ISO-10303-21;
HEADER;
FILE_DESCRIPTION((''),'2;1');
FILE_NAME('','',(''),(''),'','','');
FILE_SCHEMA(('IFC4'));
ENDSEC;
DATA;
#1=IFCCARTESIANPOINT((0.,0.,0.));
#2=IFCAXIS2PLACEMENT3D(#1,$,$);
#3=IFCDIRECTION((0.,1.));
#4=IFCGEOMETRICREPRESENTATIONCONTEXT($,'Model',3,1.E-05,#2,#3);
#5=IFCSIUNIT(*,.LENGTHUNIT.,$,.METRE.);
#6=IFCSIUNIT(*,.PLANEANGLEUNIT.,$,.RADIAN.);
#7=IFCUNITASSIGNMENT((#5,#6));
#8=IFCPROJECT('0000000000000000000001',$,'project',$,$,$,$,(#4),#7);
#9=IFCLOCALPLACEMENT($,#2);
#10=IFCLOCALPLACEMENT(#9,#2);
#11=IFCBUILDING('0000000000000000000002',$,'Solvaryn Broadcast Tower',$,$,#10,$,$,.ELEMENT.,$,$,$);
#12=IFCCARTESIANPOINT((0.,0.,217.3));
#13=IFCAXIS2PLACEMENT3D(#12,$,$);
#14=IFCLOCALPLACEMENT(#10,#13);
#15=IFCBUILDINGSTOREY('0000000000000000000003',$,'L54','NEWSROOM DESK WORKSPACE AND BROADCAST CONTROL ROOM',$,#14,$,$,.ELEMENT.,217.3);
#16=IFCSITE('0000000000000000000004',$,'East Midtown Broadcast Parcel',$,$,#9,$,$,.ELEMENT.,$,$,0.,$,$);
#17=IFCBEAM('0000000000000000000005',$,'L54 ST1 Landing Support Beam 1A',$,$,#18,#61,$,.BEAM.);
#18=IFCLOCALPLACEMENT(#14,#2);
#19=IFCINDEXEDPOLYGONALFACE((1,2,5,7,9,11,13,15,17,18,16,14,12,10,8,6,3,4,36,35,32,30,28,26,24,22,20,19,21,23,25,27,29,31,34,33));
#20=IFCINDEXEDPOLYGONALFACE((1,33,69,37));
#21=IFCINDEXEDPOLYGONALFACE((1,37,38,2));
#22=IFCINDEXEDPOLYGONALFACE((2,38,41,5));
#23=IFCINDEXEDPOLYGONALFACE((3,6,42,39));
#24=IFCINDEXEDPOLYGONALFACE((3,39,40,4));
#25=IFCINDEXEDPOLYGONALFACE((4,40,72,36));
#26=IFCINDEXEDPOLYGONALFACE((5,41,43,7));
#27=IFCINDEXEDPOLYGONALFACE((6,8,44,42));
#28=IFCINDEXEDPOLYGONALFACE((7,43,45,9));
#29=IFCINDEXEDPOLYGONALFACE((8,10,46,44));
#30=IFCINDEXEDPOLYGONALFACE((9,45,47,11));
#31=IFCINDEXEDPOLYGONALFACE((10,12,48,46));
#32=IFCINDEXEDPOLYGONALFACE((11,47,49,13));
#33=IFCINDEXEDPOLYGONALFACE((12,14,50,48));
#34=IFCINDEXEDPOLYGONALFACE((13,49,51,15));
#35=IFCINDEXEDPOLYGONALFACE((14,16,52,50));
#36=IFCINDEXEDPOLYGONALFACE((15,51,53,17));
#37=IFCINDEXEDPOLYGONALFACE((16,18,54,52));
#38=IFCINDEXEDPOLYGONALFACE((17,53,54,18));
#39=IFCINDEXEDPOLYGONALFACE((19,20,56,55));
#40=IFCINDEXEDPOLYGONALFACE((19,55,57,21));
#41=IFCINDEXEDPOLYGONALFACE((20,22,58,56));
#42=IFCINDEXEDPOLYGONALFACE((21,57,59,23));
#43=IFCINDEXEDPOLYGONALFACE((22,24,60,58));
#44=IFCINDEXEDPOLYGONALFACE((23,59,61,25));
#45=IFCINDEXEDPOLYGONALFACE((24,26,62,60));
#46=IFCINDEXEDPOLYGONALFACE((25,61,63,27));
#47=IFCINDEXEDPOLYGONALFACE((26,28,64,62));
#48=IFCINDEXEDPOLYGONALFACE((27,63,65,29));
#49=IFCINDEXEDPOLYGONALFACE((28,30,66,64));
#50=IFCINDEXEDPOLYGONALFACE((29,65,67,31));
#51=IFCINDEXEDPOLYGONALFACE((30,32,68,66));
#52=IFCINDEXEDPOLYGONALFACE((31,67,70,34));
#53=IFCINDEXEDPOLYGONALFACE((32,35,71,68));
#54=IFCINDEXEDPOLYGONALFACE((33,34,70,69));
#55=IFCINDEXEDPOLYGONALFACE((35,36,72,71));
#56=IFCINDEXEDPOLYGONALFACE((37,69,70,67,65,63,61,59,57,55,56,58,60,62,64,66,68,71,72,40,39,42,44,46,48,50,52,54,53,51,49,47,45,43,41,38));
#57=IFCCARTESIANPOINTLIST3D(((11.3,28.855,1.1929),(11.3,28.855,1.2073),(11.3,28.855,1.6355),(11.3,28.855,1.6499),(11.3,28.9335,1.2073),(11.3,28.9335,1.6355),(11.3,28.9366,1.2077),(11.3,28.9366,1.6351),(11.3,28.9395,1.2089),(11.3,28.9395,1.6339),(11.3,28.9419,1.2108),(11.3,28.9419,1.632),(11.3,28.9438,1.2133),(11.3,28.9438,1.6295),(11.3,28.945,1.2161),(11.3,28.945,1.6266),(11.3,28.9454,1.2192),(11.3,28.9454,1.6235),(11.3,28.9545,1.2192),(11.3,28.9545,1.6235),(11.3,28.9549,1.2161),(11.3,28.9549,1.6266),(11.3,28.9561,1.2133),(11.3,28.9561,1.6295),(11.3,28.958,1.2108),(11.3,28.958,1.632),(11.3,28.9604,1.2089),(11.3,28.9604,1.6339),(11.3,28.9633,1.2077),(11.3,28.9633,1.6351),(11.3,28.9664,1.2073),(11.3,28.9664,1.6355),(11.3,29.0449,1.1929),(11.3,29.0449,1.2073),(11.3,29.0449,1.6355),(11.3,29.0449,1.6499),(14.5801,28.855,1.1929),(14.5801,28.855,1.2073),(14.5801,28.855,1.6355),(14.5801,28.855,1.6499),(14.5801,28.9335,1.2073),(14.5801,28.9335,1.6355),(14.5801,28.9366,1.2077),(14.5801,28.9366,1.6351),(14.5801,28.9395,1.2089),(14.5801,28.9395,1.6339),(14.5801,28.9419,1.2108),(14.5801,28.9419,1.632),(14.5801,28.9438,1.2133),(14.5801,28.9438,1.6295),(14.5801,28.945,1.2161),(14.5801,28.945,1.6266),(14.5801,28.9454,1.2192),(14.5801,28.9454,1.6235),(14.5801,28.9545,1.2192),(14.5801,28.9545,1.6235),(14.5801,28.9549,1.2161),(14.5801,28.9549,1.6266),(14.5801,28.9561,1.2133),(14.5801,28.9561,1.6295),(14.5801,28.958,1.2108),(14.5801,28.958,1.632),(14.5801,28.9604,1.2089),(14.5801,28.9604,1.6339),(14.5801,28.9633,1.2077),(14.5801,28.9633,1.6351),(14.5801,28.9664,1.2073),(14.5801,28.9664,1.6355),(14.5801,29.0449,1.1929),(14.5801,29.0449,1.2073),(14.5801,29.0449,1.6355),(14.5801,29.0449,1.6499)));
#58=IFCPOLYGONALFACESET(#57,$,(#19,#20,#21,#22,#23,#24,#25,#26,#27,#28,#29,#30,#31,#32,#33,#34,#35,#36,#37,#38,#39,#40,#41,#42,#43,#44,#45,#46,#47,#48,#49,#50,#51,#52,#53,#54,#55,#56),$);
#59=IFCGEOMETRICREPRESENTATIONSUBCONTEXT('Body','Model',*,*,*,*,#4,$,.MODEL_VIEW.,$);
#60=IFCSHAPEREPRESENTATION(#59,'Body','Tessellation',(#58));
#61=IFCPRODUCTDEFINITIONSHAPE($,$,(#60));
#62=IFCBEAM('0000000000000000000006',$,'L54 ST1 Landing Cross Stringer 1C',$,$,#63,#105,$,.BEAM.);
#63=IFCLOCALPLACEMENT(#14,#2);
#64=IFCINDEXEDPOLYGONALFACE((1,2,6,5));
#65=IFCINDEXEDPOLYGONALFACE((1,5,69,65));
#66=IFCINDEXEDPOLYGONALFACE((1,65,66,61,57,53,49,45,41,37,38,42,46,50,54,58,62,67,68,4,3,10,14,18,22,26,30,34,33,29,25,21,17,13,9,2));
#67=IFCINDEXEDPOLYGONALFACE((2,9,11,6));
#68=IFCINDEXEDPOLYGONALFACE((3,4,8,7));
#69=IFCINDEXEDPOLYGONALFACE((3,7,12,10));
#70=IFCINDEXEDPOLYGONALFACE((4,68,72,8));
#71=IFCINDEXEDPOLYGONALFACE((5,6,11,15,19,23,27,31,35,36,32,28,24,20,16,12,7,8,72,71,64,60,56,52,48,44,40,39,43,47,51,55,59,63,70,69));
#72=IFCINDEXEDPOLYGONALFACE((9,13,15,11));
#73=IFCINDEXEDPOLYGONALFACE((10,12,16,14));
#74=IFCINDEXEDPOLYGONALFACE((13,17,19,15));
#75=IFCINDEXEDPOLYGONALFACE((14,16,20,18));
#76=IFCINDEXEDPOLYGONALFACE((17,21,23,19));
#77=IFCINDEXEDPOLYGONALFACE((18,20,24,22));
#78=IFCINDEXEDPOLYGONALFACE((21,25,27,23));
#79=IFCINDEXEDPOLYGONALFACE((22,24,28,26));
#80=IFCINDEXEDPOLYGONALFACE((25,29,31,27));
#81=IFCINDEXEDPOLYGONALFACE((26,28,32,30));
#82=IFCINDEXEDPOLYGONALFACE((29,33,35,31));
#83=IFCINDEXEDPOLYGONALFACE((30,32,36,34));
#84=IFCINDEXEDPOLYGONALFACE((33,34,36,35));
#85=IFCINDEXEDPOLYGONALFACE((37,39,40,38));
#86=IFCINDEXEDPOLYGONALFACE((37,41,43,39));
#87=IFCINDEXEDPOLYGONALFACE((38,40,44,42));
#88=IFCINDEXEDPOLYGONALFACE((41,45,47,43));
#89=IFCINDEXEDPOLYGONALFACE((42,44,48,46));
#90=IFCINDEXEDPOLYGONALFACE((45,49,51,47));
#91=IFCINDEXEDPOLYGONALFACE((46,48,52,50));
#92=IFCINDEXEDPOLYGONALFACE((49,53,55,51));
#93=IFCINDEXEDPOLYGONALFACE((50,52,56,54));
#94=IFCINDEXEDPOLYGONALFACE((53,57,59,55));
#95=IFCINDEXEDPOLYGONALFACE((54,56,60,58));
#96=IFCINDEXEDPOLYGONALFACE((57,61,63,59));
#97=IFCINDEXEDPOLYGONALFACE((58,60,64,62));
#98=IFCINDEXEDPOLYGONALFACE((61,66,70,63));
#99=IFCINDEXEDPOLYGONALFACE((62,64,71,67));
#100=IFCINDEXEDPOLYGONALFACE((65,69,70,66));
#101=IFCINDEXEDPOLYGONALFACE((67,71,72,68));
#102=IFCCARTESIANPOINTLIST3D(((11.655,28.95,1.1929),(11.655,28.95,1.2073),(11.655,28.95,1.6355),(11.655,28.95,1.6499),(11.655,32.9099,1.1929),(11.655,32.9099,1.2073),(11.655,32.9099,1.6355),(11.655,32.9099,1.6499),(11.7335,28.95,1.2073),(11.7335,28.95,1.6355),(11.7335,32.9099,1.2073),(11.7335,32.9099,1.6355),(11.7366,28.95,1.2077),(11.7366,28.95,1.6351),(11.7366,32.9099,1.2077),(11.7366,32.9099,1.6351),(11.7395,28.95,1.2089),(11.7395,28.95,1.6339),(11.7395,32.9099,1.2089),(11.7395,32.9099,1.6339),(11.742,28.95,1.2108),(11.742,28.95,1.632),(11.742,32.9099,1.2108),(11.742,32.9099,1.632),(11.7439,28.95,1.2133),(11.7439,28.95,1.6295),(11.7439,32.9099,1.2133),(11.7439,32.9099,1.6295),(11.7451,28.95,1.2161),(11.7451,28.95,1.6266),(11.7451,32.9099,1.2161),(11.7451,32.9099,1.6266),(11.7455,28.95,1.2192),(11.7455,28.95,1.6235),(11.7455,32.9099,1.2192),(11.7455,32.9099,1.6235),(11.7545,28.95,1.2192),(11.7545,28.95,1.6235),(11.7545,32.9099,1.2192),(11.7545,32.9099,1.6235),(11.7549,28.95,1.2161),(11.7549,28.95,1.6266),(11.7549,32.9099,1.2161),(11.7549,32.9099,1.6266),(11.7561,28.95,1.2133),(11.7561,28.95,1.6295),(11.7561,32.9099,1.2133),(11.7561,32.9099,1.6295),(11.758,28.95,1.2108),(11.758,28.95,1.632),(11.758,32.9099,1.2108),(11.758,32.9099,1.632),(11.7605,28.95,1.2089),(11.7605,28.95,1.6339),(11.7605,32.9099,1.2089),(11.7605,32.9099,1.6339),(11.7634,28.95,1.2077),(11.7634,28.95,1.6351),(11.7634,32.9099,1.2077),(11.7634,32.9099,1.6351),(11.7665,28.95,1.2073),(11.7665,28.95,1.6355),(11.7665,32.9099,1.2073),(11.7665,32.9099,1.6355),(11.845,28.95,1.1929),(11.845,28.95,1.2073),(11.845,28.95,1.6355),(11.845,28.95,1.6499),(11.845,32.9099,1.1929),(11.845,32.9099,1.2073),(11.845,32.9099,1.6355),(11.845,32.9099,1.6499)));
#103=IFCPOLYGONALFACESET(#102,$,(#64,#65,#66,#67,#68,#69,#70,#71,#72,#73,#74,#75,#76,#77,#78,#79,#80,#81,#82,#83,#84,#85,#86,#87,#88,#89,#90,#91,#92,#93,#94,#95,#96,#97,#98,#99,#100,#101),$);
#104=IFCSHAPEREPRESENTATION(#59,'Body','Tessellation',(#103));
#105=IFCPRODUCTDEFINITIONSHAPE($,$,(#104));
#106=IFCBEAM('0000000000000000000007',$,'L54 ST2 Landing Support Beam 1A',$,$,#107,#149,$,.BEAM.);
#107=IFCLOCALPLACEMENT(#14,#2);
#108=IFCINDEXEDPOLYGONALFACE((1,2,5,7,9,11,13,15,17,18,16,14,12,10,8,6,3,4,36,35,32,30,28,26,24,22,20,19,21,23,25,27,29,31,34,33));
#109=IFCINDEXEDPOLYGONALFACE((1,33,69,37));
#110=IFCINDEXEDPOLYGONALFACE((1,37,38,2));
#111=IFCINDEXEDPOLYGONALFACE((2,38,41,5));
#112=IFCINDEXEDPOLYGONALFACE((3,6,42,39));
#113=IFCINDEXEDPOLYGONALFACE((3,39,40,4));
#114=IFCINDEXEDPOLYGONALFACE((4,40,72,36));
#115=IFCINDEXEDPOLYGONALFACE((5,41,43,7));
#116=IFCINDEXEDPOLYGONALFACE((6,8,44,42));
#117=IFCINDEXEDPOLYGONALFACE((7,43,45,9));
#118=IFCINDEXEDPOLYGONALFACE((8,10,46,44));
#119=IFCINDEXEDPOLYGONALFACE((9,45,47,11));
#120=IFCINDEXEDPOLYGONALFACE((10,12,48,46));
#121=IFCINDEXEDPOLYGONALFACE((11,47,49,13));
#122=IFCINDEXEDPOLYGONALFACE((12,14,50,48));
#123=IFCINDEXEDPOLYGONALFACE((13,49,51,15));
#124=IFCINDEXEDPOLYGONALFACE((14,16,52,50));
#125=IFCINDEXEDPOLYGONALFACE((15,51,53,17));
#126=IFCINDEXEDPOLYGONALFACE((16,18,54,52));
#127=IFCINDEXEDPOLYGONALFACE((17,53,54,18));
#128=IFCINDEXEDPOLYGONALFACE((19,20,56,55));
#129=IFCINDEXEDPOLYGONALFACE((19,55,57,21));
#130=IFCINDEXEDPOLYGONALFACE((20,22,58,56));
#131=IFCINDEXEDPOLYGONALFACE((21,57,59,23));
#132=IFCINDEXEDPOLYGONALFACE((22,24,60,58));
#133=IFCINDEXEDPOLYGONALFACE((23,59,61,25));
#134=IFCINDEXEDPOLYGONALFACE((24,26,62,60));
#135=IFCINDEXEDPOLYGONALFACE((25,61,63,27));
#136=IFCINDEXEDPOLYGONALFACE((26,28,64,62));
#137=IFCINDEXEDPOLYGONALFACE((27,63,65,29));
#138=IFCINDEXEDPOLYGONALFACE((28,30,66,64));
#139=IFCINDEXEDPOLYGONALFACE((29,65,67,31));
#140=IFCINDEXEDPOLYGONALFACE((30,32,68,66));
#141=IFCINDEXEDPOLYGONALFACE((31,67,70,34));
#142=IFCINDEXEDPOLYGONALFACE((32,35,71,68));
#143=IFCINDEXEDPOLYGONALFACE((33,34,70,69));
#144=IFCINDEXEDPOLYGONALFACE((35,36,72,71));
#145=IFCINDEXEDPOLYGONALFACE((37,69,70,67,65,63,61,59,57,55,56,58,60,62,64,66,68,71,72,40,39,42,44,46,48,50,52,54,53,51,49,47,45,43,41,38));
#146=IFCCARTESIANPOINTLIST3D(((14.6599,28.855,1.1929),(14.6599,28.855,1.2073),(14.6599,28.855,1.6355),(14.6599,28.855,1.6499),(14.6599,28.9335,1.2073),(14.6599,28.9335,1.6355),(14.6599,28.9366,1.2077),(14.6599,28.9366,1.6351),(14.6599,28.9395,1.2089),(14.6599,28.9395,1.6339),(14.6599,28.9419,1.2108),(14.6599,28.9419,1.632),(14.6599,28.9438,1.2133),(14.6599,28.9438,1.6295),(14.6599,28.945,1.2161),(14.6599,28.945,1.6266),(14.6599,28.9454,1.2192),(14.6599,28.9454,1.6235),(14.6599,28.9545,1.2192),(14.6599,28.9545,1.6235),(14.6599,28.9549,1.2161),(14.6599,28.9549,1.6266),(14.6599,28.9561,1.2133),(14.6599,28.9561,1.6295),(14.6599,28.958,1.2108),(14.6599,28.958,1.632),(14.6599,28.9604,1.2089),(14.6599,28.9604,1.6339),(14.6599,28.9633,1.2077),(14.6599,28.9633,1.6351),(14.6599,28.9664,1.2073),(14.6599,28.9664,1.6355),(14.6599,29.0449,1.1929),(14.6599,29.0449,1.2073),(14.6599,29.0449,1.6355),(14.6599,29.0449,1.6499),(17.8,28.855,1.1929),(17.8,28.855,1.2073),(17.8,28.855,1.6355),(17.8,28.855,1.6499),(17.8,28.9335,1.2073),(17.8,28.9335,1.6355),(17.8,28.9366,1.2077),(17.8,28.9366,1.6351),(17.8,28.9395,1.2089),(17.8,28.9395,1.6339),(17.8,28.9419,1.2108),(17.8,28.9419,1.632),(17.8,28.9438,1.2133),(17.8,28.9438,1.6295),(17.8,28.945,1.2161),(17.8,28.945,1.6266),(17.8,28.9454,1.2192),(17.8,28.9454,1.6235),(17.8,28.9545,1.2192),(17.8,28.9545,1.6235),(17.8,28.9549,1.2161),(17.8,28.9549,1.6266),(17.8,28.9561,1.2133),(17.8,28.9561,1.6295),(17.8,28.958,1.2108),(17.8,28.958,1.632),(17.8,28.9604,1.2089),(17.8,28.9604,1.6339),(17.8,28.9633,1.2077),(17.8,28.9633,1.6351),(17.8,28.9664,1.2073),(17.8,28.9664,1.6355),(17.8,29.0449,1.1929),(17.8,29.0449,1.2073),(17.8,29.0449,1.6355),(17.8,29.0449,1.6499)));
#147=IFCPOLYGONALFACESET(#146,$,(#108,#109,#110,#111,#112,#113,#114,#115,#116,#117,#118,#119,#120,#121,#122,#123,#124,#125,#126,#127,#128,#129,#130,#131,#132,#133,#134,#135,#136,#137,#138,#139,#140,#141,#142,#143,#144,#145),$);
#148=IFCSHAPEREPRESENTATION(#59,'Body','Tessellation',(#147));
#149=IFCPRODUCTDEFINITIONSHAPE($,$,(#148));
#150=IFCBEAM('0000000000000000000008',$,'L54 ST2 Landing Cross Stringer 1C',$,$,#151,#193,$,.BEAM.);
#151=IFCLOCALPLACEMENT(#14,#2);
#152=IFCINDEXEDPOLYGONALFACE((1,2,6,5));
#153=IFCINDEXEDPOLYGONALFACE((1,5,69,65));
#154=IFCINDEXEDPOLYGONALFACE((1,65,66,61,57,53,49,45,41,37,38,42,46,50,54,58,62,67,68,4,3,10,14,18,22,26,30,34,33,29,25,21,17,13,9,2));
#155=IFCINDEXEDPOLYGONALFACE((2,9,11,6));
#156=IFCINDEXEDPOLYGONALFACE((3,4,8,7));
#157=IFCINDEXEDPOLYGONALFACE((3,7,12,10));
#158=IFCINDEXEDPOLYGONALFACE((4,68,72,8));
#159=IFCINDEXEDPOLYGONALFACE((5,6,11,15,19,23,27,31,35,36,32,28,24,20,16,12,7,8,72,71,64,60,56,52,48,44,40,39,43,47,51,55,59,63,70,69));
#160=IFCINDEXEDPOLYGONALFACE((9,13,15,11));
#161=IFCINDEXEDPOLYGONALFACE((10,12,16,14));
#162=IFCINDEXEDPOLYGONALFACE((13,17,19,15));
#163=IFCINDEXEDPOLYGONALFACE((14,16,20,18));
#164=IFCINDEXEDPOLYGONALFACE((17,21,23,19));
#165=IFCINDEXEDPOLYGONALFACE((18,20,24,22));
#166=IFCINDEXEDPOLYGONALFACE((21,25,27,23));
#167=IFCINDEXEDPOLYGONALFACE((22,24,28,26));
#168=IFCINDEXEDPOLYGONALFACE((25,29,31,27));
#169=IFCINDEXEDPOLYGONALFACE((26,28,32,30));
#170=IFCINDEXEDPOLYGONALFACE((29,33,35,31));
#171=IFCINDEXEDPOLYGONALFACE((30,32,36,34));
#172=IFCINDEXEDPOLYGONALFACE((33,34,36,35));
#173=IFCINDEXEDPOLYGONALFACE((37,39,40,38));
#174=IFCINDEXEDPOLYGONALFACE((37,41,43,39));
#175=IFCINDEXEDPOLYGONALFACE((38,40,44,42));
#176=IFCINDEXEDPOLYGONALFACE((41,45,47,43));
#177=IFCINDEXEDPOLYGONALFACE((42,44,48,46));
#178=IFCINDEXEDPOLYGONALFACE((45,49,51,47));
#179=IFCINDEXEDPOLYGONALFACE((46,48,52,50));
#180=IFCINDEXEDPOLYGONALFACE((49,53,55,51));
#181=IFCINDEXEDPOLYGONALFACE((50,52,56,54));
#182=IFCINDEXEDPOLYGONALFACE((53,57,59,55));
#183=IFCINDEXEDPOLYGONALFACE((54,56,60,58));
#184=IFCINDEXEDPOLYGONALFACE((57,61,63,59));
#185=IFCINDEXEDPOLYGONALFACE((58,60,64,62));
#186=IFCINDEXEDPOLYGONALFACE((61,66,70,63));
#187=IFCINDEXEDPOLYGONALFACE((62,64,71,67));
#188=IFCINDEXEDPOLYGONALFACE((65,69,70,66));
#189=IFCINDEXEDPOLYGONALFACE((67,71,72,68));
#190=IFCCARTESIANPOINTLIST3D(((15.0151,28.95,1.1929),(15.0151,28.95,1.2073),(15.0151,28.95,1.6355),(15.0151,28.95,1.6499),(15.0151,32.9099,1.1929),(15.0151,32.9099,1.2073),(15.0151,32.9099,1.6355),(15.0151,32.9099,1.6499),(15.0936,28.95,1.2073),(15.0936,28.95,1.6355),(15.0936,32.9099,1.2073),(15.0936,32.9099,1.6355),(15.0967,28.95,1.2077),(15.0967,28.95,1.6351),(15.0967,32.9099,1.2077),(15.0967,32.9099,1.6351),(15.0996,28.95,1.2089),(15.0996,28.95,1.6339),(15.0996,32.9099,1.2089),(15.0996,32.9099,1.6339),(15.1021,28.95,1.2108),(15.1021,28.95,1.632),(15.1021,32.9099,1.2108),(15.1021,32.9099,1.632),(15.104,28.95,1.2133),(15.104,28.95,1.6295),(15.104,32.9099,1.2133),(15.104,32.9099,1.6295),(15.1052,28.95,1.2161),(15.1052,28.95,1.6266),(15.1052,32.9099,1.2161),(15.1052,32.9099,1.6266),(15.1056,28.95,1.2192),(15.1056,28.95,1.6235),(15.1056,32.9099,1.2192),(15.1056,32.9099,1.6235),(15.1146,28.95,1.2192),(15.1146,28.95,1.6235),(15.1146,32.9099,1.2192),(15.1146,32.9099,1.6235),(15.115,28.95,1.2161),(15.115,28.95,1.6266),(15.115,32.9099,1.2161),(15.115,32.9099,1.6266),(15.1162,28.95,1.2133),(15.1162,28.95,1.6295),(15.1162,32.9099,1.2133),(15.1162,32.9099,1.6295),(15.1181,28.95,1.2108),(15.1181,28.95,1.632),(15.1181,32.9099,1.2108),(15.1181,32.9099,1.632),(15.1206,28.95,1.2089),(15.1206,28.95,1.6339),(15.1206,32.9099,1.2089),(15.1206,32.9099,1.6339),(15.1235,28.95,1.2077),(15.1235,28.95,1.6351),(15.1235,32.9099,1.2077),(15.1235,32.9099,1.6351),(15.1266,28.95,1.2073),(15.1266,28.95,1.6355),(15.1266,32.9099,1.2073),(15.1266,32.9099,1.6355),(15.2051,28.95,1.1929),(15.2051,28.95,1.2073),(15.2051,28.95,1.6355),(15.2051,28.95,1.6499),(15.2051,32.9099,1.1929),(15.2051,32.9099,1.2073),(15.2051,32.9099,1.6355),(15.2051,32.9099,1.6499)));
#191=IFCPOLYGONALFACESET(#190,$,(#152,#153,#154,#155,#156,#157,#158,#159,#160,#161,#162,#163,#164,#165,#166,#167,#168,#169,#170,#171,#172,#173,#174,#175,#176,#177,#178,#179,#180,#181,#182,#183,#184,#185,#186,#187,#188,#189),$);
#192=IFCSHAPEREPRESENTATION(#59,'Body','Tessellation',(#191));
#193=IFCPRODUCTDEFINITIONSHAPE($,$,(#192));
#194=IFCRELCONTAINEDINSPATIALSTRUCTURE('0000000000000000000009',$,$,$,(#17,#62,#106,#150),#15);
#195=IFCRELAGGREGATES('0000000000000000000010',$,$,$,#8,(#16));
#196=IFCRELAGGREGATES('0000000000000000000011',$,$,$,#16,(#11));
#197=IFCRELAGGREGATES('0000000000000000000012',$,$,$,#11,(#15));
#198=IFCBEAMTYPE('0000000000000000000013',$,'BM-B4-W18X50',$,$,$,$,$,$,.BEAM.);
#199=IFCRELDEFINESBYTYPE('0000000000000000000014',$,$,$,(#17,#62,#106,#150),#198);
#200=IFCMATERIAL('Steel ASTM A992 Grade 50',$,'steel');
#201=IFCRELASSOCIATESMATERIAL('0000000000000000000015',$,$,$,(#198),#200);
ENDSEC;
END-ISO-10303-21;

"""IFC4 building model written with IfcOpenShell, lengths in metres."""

from ifc_helpers import new_model, si_unit, direction, frame, origin, origin_2d, place, context, subcontext, project, spatial, i_section, extrude, material, material_profile, profile_set, type_object, element, save


model = new_model("IFC4")

# Units and contexts
model_context = context("Model", 3, precision=1e-05, world=origin(), true_north=direction((0.0, 1.0)))
body_context = subcontext(model_context, "Body", "Model", "MODEL_VIEW")
ifc_project = project(units=[si_unit("LENGTHUNIT", "METRE"), si_unit("PLANEANGLEUNIT", "RADIAN")], contexts=[model_context])

# Site, building, storey
site_placement = place(None, origin())
site = spatial("IfcSite", under=ifc_project, at=site_placement, Name="East Midtown Broadcast Parcel", CompositionType="ELEMENT", RefElevation=0.0)
building_placement = place(site_placement, origin())
building = spatial("IfcBuilding", under=site, at=building_placement, Name="Solvaryn Broadcast Tower", CompositionType="ELEMENT")
storey_placement = place(building_placement, frame((0.0, 0.0, 217.3)))
storey = spatial("IfcBuildingStorey", under=building, at=storey_placement, Name="L54", Description="NEWSROOM DESK WORKSPACE AND BROADCAST CONTROL ROOM", CompositionType="ELEMENT", Elevation=217.3)

# Beams
ifc_material_1 = material(Name="Steel ASTM A992 Grade 50", Category="steel")
ifc_material_profile_1 = material_profile(ifc_material_1, i_section(OverallWidth=0.1899, OverallDepth=0.457, WebThickness=0.009, FlangeThickness=0.0144, FilletRadius=0.012, at=origin_2d()))
ifc_profile_set_1 = profile_set([ifc_material_profile_1], Name="Steel ASTM A992 Grade 50")
beam_type_1 = type_object("IfcBeamType", Name="BM-B4-W18X50", PredefinedType="BEAM", material=ifc_profile_set_1)
beam_1_placement = place(storey_placement, frame((11.3, 28.95, 1.4214), z_axis=(1.0, 0.0, 0.0), x_axis=(0.0, 1.0, 0.0)))
element("IfcBeam", 1, at=beam_1_placement, inside=storey, type_object=beam_type_1, Name="L54 ST1 Landing Support Beam 1A", PredefinedType="BEAM", context=body_context, shape_type="SweptSolid", body=[
    extrude(i_section(OverallWidth=0.1899, OverallDepth=0.457, WebThickness=0.009, FlangeThickness=0.0144, FilletRadius=0.012, at=origin_2d()), origin(), (0.0, 0.0, 1.0), 3.28),
])
beam_2_placement = place(storey_placement, frame((11.75, 28.95, 1.4214), z_axis=(0.0, 1.0, 0.0), x_axis=(-1.0, 0.0, 0.0)))
element("IfcBeam", 2, at=beam_2_placement, inside=storey, type_object=beam_type_1, Name="L54 ST1 Landing Cross Stringer 1C", PredefinedType="BEAM", context=body_context, shape_type="SweptSolid", body=[
    extrude(i_section(OverallWidth=0.1899, OverallDepth=0.457, WebThickness=0.009, FlangeThickness=0.0144, FilletRadius=0.012, at=origin_2d()), origin(), (0.0, 0.0, 1.0), 3.96),
])
beam_3_placement = place(storey_placement, frame((14.6599, 28.95, 1.4214), z_axis=(1.0, 0.0, 0.0), x_axis=(0.0, 1.0, 0.0)))
element("IfcBeam", 3, at=beam_3_placement, inside=storey, type_object=beam_type_1, Name="L54 ST2 Landing Support Beam 1A", PredefinedType="BEAM", context=body_context, shape_type="SweptSolid", body=[
    extrude(i_section(OverallWidth=0.1899, OverallDepth=0.457, WebThickness=0.009, FlangeThickness=0.0144, FilletRadius=0.012, at=origin_2d()), origin(), (0.0, 0.0, 1.0), 3.1401),
])
beam_4_placement = place(storey_placement, frame((15.1101, 28.95, 1.4214), z_axis=(0.0, 1.0, 0.0), x_axis=(-1.0, 0.0, 0.0)))
element("IfcBeam", 4, at=beam_4_placement, inside=storey, type_object=beam_type_1, Name="L54 ST2 Landing Cross Stringer 1C", PredefinedType="BEAM", context=body_context, shape_type="SweptSolid", body=[
    extrude(i_section(OverallWidth=0.1899, OverallDepth=0.457, WebThickness=0.009, FlangeThickness=0.0144, FilletRadius=0.012, at=origin_2d()), origin(), (0.0, 0.0, 1.0), 3.96),
])

save(model, "model.ifc")
